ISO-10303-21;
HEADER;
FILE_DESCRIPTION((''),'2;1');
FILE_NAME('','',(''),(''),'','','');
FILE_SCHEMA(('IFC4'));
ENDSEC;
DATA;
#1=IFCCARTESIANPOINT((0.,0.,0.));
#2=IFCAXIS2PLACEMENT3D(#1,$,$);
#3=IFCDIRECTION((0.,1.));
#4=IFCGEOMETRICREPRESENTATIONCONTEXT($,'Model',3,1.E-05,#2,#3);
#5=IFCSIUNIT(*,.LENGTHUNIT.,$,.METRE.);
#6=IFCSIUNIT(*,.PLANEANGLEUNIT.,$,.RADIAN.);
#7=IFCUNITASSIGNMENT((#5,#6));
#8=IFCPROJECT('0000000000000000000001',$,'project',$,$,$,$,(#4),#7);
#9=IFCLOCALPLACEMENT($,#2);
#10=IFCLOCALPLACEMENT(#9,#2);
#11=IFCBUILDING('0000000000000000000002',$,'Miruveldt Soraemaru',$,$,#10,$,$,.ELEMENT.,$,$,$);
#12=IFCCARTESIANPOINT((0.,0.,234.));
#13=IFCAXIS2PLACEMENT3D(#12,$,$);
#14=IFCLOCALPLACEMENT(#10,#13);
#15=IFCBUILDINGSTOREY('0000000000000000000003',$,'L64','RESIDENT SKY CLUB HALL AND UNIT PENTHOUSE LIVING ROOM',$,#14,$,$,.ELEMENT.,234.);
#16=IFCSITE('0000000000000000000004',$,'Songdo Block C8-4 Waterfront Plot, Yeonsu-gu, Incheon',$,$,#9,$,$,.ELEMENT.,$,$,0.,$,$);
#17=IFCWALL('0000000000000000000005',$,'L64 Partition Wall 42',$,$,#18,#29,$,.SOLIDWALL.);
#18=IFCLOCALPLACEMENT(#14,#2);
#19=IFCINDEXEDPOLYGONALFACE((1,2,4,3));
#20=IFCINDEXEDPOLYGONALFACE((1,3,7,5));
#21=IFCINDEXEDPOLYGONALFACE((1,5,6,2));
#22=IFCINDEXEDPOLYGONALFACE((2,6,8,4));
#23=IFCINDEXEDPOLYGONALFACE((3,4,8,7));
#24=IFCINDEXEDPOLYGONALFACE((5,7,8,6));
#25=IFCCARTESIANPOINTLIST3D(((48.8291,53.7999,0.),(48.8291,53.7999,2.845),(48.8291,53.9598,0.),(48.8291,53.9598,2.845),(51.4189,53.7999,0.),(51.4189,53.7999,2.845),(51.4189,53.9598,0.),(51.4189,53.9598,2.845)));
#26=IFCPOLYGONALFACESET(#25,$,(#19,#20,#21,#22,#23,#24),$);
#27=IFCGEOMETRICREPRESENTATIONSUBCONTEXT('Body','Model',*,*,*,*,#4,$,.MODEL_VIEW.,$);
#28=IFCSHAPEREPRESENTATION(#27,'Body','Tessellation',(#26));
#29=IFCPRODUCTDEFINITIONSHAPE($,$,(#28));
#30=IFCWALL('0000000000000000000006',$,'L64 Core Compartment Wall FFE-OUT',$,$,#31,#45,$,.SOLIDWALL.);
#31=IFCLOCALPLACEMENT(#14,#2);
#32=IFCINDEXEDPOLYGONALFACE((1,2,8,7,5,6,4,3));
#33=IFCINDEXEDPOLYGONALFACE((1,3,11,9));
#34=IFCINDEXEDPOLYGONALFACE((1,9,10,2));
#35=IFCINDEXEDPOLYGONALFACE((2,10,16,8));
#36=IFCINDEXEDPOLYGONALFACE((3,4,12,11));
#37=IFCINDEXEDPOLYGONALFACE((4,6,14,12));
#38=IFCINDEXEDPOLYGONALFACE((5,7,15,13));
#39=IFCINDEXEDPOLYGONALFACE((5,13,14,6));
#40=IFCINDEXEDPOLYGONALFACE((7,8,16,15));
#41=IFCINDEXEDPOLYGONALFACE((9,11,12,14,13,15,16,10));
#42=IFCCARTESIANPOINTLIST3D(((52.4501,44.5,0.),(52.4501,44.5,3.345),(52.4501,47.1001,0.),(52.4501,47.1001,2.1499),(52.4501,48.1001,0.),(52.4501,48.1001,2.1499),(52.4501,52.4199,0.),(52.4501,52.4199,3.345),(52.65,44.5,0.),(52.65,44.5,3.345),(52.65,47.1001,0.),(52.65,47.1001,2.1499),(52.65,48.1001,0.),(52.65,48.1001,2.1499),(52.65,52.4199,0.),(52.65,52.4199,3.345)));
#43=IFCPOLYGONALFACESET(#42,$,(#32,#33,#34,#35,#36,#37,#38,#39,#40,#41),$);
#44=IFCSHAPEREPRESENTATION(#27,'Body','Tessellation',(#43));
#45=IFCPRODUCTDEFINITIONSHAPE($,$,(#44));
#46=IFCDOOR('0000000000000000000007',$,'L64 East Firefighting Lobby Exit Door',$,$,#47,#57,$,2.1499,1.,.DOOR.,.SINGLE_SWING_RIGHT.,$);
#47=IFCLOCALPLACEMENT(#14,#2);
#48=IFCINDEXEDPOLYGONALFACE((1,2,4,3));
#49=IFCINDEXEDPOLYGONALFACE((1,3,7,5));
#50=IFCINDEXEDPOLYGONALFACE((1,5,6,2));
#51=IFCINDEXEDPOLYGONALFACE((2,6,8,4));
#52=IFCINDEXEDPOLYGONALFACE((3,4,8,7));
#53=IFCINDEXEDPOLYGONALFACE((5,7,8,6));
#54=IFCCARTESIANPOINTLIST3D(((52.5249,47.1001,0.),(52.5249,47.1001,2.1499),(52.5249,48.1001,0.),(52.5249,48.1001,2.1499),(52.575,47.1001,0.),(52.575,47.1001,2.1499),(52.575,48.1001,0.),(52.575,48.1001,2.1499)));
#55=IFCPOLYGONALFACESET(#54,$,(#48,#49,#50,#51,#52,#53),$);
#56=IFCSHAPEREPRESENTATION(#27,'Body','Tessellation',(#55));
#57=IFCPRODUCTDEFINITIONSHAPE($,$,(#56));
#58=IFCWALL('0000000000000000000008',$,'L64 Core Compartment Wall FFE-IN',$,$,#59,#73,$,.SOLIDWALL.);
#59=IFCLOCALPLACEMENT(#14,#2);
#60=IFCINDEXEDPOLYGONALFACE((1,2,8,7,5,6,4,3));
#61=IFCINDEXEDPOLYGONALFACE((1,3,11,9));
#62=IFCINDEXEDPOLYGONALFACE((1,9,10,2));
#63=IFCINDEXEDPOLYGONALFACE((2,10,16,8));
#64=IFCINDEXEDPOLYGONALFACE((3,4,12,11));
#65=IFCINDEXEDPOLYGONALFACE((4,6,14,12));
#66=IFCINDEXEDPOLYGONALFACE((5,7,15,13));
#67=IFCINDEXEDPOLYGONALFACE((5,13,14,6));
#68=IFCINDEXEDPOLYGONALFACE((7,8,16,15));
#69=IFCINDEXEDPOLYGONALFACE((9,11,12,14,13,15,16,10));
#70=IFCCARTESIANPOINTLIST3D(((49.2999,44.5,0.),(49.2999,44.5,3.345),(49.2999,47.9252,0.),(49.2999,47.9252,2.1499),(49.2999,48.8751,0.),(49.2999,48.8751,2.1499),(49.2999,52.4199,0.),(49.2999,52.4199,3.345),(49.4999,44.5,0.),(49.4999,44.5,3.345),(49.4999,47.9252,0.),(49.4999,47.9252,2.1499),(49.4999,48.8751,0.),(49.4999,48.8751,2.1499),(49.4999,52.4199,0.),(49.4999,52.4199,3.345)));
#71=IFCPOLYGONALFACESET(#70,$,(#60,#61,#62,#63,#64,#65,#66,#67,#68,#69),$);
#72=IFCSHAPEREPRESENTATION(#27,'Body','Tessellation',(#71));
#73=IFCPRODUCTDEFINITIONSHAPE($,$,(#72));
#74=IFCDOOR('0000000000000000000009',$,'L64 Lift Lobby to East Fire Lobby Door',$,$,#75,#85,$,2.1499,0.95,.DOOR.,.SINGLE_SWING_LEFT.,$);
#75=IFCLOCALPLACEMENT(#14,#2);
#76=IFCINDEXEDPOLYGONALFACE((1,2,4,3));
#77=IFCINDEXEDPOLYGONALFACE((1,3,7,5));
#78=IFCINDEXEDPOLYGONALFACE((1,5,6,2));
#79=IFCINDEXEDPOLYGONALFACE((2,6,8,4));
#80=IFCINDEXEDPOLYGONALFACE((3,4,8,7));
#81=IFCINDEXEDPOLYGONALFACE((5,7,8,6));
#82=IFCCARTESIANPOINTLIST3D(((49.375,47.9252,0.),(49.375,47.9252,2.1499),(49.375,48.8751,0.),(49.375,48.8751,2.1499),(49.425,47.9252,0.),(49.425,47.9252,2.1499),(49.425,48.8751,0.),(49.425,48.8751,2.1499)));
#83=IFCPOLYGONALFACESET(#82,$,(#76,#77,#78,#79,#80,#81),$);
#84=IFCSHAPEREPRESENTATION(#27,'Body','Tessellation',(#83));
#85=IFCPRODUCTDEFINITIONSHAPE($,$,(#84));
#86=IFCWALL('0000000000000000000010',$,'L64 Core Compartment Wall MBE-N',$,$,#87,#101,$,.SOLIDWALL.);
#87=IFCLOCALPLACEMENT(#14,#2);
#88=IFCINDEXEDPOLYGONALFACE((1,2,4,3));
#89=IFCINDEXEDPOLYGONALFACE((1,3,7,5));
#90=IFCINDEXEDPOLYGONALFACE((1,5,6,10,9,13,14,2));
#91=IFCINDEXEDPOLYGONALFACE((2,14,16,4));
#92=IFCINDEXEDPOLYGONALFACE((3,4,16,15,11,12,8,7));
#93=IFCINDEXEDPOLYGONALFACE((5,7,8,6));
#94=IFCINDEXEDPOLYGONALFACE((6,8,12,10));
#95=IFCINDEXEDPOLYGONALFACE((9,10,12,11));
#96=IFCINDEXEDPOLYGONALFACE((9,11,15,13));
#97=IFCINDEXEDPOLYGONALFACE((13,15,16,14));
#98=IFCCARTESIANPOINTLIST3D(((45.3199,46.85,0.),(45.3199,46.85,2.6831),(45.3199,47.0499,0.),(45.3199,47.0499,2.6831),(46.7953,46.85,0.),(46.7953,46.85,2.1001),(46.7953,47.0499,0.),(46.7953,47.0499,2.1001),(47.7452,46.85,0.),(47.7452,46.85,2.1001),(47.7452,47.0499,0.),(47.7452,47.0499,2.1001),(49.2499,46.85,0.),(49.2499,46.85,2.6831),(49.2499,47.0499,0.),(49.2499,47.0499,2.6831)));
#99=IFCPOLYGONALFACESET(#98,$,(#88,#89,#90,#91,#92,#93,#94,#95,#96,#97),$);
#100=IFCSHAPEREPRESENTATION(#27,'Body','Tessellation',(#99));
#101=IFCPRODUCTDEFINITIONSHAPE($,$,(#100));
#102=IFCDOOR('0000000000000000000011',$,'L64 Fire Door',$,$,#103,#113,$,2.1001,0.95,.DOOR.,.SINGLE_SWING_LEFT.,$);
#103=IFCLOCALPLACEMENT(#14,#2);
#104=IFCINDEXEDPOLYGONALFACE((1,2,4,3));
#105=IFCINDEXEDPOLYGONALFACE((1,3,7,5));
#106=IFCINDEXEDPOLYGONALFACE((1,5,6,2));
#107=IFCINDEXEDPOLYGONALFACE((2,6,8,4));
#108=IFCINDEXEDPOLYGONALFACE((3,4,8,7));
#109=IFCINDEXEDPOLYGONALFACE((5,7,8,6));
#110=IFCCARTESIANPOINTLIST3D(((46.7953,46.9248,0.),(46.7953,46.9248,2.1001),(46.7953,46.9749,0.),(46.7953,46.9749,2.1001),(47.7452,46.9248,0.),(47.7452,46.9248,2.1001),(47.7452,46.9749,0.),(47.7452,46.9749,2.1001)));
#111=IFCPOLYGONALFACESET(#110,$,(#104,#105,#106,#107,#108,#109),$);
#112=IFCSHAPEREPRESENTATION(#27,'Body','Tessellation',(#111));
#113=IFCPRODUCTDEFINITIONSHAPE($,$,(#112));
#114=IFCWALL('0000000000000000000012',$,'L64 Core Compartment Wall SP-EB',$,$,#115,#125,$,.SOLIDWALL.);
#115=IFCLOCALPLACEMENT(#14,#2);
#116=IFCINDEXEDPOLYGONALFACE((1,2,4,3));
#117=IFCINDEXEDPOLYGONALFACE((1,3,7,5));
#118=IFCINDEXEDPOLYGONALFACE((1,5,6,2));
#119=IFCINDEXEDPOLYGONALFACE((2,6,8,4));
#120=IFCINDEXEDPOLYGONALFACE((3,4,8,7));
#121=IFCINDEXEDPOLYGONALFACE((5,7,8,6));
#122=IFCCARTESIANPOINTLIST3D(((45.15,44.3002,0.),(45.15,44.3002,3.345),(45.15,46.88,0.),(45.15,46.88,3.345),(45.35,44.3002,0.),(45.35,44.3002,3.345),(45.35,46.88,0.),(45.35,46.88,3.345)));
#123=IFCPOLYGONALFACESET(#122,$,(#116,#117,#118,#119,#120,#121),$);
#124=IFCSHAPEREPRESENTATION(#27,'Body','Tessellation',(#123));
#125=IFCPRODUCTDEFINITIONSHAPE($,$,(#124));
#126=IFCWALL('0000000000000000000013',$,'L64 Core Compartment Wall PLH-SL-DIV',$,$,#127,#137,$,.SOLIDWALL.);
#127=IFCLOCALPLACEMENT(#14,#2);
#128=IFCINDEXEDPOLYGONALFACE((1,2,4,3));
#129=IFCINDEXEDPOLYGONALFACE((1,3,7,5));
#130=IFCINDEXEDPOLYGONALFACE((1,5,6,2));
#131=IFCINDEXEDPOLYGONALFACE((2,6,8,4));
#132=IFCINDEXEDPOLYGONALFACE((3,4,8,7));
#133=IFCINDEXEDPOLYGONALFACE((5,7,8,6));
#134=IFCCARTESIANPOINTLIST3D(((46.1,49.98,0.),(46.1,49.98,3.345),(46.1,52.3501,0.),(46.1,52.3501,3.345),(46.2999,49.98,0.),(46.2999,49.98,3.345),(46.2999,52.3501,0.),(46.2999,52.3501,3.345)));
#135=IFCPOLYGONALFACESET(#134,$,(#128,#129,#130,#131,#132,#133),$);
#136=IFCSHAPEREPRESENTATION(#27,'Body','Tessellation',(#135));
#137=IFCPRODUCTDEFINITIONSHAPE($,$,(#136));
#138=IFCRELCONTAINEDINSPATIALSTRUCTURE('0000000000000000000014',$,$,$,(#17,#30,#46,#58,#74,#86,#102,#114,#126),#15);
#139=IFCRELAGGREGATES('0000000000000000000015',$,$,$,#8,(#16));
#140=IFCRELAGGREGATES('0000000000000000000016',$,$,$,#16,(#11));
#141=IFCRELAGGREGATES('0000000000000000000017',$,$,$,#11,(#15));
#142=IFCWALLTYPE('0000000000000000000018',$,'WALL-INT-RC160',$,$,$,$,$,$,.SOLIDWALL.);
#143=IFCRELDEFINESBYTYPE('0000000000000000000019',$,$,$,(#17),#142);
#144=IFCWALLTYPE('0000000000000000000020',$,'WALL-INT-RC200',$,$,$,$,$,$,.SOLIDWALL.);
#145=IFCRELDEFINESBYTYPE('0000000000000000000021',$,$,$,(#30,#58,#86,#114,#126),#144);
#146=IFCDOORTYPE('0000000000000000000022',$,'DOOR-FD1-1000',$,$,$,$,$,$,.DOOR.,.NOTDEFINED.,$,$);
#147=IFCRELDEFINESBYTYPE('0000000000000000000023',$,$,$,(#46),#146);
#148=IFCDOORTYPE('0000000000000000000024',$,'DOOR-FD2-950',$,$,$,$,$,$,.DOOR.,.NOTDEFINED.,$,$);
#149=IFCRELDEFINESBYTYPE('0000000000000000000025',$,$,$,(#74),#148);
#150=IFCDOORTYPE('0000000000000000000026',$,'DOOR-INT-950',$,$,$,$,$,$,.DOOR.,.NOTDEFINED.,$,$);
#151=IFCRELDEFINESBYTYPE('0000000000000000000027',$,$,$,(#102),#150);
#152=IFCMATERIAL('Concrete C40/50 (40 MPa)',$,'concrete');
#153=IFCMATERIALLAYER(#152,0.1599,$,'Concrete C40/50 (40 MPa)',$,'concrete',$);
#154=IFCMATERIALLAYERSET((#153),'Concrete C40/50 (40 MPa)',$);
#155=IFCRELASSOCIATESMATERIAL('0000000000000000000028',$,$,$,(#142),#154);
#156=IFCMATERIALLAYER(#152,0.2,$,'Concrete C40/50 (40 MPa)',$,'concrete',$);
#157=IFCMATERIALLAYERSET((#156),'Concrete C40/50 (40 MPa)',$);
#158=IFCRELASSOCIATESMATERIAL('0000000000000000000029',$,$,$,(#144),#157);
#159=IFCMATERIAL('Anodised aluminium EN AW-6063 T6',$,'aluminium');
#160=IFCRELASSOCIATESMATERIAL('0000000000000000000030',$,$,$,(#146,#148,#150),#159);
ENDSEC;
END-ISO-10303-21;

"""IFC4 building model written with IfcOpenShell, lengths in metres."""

from ifc_helpers import new_model, si_unit, direction, frame, frame_2d, origin, place, context, subcontext, project, spatial, rectangle, extrude, material, layer, layer_set, type_object, element, fill, save


model = new_model("IFC4")

# Units and contexts
model_context = context("Model", 3, precision=1e-05, world=origin(), true_north=direction((0.0, 1.0)))
body_context = subcontext(model_context, "Body", "Model", "MODEL_VIEW")
ifc_project = project(units=[si_unit("LENGTHUNIT", "METRE"), si_unit("PLANEANGLEUNIT", "RADIAN")], contexts=[model_context])

# Site, building, storey
site_placement = place(None, origin())
site = spatial("IfcSite", under=ifc_project, at=site_placement, Name="Songdo Block C8-4 Waterfront Plot, Yeonsu-gu, Incheon", CompositionType="ELEMENT", RefElevation=0.0)
building_placement = place(site_placement, origin())
building = spatial("IfcBuilding", under=site, at=building_placement, Name="Miruveldt Soraemaru", CompositionType="ELEMENT")
storey_placement = place(building_placement, frame((0.0, 0.0, 234.0)))
storey = spatial("IfcBuildingStorey", under=building, at=storey_placement, Name="L64", Description="RESIDENT SKY CLUB HALL AND UNIT PENTHOUSE LIVING ROOM", CompositionType="ELEMENT", Elevation=234.0)

# Wall
ifc_material_1 = material(Name="Concrete C40/50 (40 MPa)", Category="concrete")
ifc_layer_1 = layer(ifc_material_1, 0.1599, Name="Concrete C40/50 (40 MPa)", Category="concrete")
ifc_layer_set_1 = layer_set([ifc_layer_1], Name="Concrete C40/50 (40 MPa)")
wall_type_1 = type_object("IfcWallType", Name="WALL-INT-RC160", PredefinedType="SOLIDWALL", material=ifc_layer_set_1)
wall_1_placement = place(storey_placement, frame((48.8291, 53.8799, 0.0), z_axis=(0.0, 0.0, 1.0), x_axis=(1.0, 0.0, 0.0)))
element("IfcWall", 1, at=wall_1_placement, inside=storey, type_object=wall_type_1, Name="L64 Partition Wall 42", PredefinedType="SOLIDWALL", context=body_context, shape_type="SweptSolid", body=[
    extrude(rectangle(XDim=2.5898, YDim=0.1599, at=frame_2d((1.2949, 0.0))), origin(), (0.0, 0.0, 1.0), 2.845),
])

# Walls, openings, doors
ifc_layer_2 = layer(ifc_material_1, 0.2, Name="Concrete C40/50 (40 MPa)", Category="concrete")
ifc_layer_set_2 = layer_set([ifc_layer_2], Name="Concrete C40/50 (40 MPa)")
wall_type_2 = type_object("IfcWallType", Name="WALL-INT-RC200", PredefinedType="SOLIDWALL", material=ifc_layer_set_2)
wall_2_placement = place(storey_placement, frame((52.55, 44.5, 0.0), z_axis=(0.0, 0.0, 1.0), x_axis=(0.0, 1.0, 0.0)))
wall_2 = element("IfcWall", 2, at=wall_2_placement, inside=storey, type_object=wall_type_2, Name="L64 Core Compartment Wall FFE-OUT", PredefinedType="SOLIDWALL", context=body_context, shape_type="SweptSolid", body=[
    extrude(rectangle(XDim=7.9199, YDim=0.2, at=frame_2d((3.96, 0.0))), origin(), (0.0, 0.0, 1.0), 3.345),
])
opening_1_placement = place(wall_2_placement, frame((2.6001, 0.0, 0.0)))
opening_1 = element("IfcOpeningElement", 3, at=opening_1_placement, cuts=wall_2, PredefinedType="OPENING", context=body_context, shape_type="SweptSolid", body=[
    extrude(rectangle(XDim=1.0, YDim=2.1499, at=frame_2d((0.5, 1.075))), frame((0.0, 0.1099, 0.0), z_axis=(0.0, -1.0, 0.0), x_axis=(1.0, 0.0, 0.0)), (0.0, 0.0, 1.0), 0.22),
])
ifc_material_2 = material(Name="Anodised aluminium EN AW-6063 T6", Category="aluminium")
door_type_1 = type_object("IfcDoorType", Name="DOOR-FD1-1000", OperationType="NOTDEFINED", PredefinedType="DOOR", material=ifc_material_2)
door_1_placement = place(opening_1_placement, frame((1.0, 0.0, 0.0), z_axis=(0.0, 0.0, 1.0), x_axis=(-1.0, 0.0, 0.0)))
door_1 = element("IfcDoor", 4, at=door_1_placement, inside=storey, type_object=door_type_1, Name="L64 East Firefighting Lobby Exit Door", OperationType="SINGLE_SWING_RIGHT", OverallHeight=2.1499, OverallWidth=1.0, PredefinedType="DOOR", context=body_context, shape_type="SweptSolid", body=[
    extrude(rectangle(XDim=1.0, YDim=2.1499, at=frame_2d((0.5, 1.075))), frame((0.0, 0.0249, 0.0), z_axis=(0.0, -1.0, 0.0), x_axis=(1.0, 0.0, 0.0)), (0.0, 0.0, 1.0), 0.05),
])
fill(opening_1, door_1)
wall_3_placement = place(storey_placement, frame((49.3999, 44.5, 0.0), z_axis=(0.0, 0.0, 1.0), x_axis=(0.0, 1.0, 0.0)))
wall_3 = element("IfcWall", 5, at=wall_3_placement, inside=storey, type_object=wall_type_2, Name="L64 Core Compartment Wall FFE-IN", PredefinedType="SOLIDWALL", context=body_context, shape_type="SweptSolid", body=[
    extrude(rectangle(XDim=7.9199, YDim=0.2, at=frame_2d((3.96, 0.0))), origin(), (0.0, 0.0, 1.0), 3.345),
])
opening_2_placement = place(wall_3_placement, frame((3.425, 0.0, 0.0)))
opening_2 = element("IfcOpeningElement", 6, at=opening_2_placement, cuts=wall_3, PredefinedType="OPENING", context=body_context, shape_type="SweptSolid", body=[
    extrude(rectangle(XDim=0.95, YDim=2.1499, at=frame_2d((0.4751, 1.075))), frame((0.0, 0.1099, 0.0), z_axis=(0.0, -1.0, 0.0), x_axis=(1.0, 0.0, 0.0)), (0.0, 0.0, 1.0), 0.22),
])
door_type_2 = type_object("IfcDoorType", Name="DOOR-FD2-950", OperationType="NOTDEFINED", PredefinedType="DOOR", material=ifc_material_2)
door_2_placement = place(opening_2_placement, origin())
door_2 = element("IfcDoor", 7, at=door_2_placement, inside=storey, type_object=door_type_2, Name="L64 Lift Lobby to East Fire Lobby Door", OperationType="SINGLE_SWING_LEFT", OverallHeight=2.1499, OverallWidth=0.95, PredefinedType="DOOR", context=body_context, shape_type="SweptSolid", body=[
    extrude(rectangle(XDim=0.95, YDim=2.1499, at=frame_2d((0.4751, 1.075))), frame((0.0, 0.0249, 0.0), z_axis=(0.0, -1.0, 0.0), x_axis=(1.0, 0.0, 0.0)), (0.0, 0.0, 1.0), 0.05),
])
fill(opening_2, door_2)

# Wall, opening, door
wall_4_placement = place(storey_placement, frame((45.3201, 46.95, 0.0), z_axis=(0.0, 0.0, 1.0), x_axis=(1.0, 0.0, 0.0)))
wall_4 = element("IfcWall", 8, at=wall_4_placement, inside=storey, type_object=wall_type_2, Name="L64 Core Compartment Wall MBE-N", PredefinedType="SOLIDWALL", context=body_context, shape_type="SweptSolid", body=[
    extrude(rectangle(XDim=3.9299, YDim=0.2, at=frame_2d((1.9648, 0.0))), origin(), (0.0, 0.0, 1.0), 2.6831),
])
opening_3_placement = place(wall_4_placement, frame((1.4751, 0.0, 0.0)))
opening_3 = element("IfcOpeningElement", 9, at=opening_3_placement, cuts=wall_4, PredefinedType="OPENING", context=body_context, shape_type="SweptSolid", body=[
    extrude(rectangle(XDim=0.95, YDim=2.1001, at=frame_2d((0.4751, 1.05))), frame((0.0, 0.1099, 0.0), z_axis=(0.0, -1.0, 0.0), x_axis=(1.0, 0.0, 0.0)), (0.0, 0.0, 1.0), 0.22),
])
door_type_3 = type_object("IfcDoorType", Name="DOOR-INT-950", OperationType="NOTDEFINED", PredefinedType="DOOR", material=ifc_material_2)
door_3_placement = place(opening_3_placement, origin())
door_3 = element("IfcDoor", 10, at=door_3_placement, inside=storey, type_object=door_type_3, Name="L64 Fire Door", OperationType="SINGLE_SWING_LEFT", OverallHeight=2.1001, OverallWidth=0.95, PredefinedType="DOOR", context=body_context, shape_type="SweptSolid", body=[
    extrude(rectangle(XDim=0.95, YDim=2.1001, at=frame_2d((0.4751, 1.05))), frame((0.0, 0.0249, 0.0), z_axis=(0.0, -1.0, 0.0), x_axis=(1.0, 0.0, 0.0)), (0.0, 0.0, 1.0), 0.05),
])
fill(opening_3, door_3)

# Walls
wall_5_placement = place(storey_placement, frame((45.25, 44.3, 0.0), z_axis=(0.0, 0.0, 1.0), x_axis=(0.0, 1.0, 0.0)))
element("IfcWall", 11, at=wall_5_placement, inside=storey, type_object=wall_type_2, Name="L64 Core Compartment Wall SP-EB", PredefinedType="SOLIDWALL", context=body_context, shape_type="SweptSolid", body=[
    extrude(rectangle(XDim=2.5798, YDim=0.2, at=frame_2d((1.29, 0.0))), origin(), (0.0, 0.0, 1.0), 3.345),
])
wall_6_placement = place(storey_placement, frame((46.2, 49.98, 0.0), z_axis=(0.0, 0.0, 1.0), x_axis=(0.0, 1.0, 0.0)))
element("IfcWall", 12, at=wall_6_placement, inside=storey, type_object=wall_type_2, Name="L64 Core Compartment Wall PLH-SL-DIV", PredefinedType="SOLIDWALL", context=body_context, shape_type="SweptSolid", body=[
    extrude(rectangle(XDim=2.3701, YDim=0.2, at=frame_2d((1.1851, 0.0))), origin(), (0.0, 0.0, 1.0), 3.345),
])

save(model, "model.ifc")
